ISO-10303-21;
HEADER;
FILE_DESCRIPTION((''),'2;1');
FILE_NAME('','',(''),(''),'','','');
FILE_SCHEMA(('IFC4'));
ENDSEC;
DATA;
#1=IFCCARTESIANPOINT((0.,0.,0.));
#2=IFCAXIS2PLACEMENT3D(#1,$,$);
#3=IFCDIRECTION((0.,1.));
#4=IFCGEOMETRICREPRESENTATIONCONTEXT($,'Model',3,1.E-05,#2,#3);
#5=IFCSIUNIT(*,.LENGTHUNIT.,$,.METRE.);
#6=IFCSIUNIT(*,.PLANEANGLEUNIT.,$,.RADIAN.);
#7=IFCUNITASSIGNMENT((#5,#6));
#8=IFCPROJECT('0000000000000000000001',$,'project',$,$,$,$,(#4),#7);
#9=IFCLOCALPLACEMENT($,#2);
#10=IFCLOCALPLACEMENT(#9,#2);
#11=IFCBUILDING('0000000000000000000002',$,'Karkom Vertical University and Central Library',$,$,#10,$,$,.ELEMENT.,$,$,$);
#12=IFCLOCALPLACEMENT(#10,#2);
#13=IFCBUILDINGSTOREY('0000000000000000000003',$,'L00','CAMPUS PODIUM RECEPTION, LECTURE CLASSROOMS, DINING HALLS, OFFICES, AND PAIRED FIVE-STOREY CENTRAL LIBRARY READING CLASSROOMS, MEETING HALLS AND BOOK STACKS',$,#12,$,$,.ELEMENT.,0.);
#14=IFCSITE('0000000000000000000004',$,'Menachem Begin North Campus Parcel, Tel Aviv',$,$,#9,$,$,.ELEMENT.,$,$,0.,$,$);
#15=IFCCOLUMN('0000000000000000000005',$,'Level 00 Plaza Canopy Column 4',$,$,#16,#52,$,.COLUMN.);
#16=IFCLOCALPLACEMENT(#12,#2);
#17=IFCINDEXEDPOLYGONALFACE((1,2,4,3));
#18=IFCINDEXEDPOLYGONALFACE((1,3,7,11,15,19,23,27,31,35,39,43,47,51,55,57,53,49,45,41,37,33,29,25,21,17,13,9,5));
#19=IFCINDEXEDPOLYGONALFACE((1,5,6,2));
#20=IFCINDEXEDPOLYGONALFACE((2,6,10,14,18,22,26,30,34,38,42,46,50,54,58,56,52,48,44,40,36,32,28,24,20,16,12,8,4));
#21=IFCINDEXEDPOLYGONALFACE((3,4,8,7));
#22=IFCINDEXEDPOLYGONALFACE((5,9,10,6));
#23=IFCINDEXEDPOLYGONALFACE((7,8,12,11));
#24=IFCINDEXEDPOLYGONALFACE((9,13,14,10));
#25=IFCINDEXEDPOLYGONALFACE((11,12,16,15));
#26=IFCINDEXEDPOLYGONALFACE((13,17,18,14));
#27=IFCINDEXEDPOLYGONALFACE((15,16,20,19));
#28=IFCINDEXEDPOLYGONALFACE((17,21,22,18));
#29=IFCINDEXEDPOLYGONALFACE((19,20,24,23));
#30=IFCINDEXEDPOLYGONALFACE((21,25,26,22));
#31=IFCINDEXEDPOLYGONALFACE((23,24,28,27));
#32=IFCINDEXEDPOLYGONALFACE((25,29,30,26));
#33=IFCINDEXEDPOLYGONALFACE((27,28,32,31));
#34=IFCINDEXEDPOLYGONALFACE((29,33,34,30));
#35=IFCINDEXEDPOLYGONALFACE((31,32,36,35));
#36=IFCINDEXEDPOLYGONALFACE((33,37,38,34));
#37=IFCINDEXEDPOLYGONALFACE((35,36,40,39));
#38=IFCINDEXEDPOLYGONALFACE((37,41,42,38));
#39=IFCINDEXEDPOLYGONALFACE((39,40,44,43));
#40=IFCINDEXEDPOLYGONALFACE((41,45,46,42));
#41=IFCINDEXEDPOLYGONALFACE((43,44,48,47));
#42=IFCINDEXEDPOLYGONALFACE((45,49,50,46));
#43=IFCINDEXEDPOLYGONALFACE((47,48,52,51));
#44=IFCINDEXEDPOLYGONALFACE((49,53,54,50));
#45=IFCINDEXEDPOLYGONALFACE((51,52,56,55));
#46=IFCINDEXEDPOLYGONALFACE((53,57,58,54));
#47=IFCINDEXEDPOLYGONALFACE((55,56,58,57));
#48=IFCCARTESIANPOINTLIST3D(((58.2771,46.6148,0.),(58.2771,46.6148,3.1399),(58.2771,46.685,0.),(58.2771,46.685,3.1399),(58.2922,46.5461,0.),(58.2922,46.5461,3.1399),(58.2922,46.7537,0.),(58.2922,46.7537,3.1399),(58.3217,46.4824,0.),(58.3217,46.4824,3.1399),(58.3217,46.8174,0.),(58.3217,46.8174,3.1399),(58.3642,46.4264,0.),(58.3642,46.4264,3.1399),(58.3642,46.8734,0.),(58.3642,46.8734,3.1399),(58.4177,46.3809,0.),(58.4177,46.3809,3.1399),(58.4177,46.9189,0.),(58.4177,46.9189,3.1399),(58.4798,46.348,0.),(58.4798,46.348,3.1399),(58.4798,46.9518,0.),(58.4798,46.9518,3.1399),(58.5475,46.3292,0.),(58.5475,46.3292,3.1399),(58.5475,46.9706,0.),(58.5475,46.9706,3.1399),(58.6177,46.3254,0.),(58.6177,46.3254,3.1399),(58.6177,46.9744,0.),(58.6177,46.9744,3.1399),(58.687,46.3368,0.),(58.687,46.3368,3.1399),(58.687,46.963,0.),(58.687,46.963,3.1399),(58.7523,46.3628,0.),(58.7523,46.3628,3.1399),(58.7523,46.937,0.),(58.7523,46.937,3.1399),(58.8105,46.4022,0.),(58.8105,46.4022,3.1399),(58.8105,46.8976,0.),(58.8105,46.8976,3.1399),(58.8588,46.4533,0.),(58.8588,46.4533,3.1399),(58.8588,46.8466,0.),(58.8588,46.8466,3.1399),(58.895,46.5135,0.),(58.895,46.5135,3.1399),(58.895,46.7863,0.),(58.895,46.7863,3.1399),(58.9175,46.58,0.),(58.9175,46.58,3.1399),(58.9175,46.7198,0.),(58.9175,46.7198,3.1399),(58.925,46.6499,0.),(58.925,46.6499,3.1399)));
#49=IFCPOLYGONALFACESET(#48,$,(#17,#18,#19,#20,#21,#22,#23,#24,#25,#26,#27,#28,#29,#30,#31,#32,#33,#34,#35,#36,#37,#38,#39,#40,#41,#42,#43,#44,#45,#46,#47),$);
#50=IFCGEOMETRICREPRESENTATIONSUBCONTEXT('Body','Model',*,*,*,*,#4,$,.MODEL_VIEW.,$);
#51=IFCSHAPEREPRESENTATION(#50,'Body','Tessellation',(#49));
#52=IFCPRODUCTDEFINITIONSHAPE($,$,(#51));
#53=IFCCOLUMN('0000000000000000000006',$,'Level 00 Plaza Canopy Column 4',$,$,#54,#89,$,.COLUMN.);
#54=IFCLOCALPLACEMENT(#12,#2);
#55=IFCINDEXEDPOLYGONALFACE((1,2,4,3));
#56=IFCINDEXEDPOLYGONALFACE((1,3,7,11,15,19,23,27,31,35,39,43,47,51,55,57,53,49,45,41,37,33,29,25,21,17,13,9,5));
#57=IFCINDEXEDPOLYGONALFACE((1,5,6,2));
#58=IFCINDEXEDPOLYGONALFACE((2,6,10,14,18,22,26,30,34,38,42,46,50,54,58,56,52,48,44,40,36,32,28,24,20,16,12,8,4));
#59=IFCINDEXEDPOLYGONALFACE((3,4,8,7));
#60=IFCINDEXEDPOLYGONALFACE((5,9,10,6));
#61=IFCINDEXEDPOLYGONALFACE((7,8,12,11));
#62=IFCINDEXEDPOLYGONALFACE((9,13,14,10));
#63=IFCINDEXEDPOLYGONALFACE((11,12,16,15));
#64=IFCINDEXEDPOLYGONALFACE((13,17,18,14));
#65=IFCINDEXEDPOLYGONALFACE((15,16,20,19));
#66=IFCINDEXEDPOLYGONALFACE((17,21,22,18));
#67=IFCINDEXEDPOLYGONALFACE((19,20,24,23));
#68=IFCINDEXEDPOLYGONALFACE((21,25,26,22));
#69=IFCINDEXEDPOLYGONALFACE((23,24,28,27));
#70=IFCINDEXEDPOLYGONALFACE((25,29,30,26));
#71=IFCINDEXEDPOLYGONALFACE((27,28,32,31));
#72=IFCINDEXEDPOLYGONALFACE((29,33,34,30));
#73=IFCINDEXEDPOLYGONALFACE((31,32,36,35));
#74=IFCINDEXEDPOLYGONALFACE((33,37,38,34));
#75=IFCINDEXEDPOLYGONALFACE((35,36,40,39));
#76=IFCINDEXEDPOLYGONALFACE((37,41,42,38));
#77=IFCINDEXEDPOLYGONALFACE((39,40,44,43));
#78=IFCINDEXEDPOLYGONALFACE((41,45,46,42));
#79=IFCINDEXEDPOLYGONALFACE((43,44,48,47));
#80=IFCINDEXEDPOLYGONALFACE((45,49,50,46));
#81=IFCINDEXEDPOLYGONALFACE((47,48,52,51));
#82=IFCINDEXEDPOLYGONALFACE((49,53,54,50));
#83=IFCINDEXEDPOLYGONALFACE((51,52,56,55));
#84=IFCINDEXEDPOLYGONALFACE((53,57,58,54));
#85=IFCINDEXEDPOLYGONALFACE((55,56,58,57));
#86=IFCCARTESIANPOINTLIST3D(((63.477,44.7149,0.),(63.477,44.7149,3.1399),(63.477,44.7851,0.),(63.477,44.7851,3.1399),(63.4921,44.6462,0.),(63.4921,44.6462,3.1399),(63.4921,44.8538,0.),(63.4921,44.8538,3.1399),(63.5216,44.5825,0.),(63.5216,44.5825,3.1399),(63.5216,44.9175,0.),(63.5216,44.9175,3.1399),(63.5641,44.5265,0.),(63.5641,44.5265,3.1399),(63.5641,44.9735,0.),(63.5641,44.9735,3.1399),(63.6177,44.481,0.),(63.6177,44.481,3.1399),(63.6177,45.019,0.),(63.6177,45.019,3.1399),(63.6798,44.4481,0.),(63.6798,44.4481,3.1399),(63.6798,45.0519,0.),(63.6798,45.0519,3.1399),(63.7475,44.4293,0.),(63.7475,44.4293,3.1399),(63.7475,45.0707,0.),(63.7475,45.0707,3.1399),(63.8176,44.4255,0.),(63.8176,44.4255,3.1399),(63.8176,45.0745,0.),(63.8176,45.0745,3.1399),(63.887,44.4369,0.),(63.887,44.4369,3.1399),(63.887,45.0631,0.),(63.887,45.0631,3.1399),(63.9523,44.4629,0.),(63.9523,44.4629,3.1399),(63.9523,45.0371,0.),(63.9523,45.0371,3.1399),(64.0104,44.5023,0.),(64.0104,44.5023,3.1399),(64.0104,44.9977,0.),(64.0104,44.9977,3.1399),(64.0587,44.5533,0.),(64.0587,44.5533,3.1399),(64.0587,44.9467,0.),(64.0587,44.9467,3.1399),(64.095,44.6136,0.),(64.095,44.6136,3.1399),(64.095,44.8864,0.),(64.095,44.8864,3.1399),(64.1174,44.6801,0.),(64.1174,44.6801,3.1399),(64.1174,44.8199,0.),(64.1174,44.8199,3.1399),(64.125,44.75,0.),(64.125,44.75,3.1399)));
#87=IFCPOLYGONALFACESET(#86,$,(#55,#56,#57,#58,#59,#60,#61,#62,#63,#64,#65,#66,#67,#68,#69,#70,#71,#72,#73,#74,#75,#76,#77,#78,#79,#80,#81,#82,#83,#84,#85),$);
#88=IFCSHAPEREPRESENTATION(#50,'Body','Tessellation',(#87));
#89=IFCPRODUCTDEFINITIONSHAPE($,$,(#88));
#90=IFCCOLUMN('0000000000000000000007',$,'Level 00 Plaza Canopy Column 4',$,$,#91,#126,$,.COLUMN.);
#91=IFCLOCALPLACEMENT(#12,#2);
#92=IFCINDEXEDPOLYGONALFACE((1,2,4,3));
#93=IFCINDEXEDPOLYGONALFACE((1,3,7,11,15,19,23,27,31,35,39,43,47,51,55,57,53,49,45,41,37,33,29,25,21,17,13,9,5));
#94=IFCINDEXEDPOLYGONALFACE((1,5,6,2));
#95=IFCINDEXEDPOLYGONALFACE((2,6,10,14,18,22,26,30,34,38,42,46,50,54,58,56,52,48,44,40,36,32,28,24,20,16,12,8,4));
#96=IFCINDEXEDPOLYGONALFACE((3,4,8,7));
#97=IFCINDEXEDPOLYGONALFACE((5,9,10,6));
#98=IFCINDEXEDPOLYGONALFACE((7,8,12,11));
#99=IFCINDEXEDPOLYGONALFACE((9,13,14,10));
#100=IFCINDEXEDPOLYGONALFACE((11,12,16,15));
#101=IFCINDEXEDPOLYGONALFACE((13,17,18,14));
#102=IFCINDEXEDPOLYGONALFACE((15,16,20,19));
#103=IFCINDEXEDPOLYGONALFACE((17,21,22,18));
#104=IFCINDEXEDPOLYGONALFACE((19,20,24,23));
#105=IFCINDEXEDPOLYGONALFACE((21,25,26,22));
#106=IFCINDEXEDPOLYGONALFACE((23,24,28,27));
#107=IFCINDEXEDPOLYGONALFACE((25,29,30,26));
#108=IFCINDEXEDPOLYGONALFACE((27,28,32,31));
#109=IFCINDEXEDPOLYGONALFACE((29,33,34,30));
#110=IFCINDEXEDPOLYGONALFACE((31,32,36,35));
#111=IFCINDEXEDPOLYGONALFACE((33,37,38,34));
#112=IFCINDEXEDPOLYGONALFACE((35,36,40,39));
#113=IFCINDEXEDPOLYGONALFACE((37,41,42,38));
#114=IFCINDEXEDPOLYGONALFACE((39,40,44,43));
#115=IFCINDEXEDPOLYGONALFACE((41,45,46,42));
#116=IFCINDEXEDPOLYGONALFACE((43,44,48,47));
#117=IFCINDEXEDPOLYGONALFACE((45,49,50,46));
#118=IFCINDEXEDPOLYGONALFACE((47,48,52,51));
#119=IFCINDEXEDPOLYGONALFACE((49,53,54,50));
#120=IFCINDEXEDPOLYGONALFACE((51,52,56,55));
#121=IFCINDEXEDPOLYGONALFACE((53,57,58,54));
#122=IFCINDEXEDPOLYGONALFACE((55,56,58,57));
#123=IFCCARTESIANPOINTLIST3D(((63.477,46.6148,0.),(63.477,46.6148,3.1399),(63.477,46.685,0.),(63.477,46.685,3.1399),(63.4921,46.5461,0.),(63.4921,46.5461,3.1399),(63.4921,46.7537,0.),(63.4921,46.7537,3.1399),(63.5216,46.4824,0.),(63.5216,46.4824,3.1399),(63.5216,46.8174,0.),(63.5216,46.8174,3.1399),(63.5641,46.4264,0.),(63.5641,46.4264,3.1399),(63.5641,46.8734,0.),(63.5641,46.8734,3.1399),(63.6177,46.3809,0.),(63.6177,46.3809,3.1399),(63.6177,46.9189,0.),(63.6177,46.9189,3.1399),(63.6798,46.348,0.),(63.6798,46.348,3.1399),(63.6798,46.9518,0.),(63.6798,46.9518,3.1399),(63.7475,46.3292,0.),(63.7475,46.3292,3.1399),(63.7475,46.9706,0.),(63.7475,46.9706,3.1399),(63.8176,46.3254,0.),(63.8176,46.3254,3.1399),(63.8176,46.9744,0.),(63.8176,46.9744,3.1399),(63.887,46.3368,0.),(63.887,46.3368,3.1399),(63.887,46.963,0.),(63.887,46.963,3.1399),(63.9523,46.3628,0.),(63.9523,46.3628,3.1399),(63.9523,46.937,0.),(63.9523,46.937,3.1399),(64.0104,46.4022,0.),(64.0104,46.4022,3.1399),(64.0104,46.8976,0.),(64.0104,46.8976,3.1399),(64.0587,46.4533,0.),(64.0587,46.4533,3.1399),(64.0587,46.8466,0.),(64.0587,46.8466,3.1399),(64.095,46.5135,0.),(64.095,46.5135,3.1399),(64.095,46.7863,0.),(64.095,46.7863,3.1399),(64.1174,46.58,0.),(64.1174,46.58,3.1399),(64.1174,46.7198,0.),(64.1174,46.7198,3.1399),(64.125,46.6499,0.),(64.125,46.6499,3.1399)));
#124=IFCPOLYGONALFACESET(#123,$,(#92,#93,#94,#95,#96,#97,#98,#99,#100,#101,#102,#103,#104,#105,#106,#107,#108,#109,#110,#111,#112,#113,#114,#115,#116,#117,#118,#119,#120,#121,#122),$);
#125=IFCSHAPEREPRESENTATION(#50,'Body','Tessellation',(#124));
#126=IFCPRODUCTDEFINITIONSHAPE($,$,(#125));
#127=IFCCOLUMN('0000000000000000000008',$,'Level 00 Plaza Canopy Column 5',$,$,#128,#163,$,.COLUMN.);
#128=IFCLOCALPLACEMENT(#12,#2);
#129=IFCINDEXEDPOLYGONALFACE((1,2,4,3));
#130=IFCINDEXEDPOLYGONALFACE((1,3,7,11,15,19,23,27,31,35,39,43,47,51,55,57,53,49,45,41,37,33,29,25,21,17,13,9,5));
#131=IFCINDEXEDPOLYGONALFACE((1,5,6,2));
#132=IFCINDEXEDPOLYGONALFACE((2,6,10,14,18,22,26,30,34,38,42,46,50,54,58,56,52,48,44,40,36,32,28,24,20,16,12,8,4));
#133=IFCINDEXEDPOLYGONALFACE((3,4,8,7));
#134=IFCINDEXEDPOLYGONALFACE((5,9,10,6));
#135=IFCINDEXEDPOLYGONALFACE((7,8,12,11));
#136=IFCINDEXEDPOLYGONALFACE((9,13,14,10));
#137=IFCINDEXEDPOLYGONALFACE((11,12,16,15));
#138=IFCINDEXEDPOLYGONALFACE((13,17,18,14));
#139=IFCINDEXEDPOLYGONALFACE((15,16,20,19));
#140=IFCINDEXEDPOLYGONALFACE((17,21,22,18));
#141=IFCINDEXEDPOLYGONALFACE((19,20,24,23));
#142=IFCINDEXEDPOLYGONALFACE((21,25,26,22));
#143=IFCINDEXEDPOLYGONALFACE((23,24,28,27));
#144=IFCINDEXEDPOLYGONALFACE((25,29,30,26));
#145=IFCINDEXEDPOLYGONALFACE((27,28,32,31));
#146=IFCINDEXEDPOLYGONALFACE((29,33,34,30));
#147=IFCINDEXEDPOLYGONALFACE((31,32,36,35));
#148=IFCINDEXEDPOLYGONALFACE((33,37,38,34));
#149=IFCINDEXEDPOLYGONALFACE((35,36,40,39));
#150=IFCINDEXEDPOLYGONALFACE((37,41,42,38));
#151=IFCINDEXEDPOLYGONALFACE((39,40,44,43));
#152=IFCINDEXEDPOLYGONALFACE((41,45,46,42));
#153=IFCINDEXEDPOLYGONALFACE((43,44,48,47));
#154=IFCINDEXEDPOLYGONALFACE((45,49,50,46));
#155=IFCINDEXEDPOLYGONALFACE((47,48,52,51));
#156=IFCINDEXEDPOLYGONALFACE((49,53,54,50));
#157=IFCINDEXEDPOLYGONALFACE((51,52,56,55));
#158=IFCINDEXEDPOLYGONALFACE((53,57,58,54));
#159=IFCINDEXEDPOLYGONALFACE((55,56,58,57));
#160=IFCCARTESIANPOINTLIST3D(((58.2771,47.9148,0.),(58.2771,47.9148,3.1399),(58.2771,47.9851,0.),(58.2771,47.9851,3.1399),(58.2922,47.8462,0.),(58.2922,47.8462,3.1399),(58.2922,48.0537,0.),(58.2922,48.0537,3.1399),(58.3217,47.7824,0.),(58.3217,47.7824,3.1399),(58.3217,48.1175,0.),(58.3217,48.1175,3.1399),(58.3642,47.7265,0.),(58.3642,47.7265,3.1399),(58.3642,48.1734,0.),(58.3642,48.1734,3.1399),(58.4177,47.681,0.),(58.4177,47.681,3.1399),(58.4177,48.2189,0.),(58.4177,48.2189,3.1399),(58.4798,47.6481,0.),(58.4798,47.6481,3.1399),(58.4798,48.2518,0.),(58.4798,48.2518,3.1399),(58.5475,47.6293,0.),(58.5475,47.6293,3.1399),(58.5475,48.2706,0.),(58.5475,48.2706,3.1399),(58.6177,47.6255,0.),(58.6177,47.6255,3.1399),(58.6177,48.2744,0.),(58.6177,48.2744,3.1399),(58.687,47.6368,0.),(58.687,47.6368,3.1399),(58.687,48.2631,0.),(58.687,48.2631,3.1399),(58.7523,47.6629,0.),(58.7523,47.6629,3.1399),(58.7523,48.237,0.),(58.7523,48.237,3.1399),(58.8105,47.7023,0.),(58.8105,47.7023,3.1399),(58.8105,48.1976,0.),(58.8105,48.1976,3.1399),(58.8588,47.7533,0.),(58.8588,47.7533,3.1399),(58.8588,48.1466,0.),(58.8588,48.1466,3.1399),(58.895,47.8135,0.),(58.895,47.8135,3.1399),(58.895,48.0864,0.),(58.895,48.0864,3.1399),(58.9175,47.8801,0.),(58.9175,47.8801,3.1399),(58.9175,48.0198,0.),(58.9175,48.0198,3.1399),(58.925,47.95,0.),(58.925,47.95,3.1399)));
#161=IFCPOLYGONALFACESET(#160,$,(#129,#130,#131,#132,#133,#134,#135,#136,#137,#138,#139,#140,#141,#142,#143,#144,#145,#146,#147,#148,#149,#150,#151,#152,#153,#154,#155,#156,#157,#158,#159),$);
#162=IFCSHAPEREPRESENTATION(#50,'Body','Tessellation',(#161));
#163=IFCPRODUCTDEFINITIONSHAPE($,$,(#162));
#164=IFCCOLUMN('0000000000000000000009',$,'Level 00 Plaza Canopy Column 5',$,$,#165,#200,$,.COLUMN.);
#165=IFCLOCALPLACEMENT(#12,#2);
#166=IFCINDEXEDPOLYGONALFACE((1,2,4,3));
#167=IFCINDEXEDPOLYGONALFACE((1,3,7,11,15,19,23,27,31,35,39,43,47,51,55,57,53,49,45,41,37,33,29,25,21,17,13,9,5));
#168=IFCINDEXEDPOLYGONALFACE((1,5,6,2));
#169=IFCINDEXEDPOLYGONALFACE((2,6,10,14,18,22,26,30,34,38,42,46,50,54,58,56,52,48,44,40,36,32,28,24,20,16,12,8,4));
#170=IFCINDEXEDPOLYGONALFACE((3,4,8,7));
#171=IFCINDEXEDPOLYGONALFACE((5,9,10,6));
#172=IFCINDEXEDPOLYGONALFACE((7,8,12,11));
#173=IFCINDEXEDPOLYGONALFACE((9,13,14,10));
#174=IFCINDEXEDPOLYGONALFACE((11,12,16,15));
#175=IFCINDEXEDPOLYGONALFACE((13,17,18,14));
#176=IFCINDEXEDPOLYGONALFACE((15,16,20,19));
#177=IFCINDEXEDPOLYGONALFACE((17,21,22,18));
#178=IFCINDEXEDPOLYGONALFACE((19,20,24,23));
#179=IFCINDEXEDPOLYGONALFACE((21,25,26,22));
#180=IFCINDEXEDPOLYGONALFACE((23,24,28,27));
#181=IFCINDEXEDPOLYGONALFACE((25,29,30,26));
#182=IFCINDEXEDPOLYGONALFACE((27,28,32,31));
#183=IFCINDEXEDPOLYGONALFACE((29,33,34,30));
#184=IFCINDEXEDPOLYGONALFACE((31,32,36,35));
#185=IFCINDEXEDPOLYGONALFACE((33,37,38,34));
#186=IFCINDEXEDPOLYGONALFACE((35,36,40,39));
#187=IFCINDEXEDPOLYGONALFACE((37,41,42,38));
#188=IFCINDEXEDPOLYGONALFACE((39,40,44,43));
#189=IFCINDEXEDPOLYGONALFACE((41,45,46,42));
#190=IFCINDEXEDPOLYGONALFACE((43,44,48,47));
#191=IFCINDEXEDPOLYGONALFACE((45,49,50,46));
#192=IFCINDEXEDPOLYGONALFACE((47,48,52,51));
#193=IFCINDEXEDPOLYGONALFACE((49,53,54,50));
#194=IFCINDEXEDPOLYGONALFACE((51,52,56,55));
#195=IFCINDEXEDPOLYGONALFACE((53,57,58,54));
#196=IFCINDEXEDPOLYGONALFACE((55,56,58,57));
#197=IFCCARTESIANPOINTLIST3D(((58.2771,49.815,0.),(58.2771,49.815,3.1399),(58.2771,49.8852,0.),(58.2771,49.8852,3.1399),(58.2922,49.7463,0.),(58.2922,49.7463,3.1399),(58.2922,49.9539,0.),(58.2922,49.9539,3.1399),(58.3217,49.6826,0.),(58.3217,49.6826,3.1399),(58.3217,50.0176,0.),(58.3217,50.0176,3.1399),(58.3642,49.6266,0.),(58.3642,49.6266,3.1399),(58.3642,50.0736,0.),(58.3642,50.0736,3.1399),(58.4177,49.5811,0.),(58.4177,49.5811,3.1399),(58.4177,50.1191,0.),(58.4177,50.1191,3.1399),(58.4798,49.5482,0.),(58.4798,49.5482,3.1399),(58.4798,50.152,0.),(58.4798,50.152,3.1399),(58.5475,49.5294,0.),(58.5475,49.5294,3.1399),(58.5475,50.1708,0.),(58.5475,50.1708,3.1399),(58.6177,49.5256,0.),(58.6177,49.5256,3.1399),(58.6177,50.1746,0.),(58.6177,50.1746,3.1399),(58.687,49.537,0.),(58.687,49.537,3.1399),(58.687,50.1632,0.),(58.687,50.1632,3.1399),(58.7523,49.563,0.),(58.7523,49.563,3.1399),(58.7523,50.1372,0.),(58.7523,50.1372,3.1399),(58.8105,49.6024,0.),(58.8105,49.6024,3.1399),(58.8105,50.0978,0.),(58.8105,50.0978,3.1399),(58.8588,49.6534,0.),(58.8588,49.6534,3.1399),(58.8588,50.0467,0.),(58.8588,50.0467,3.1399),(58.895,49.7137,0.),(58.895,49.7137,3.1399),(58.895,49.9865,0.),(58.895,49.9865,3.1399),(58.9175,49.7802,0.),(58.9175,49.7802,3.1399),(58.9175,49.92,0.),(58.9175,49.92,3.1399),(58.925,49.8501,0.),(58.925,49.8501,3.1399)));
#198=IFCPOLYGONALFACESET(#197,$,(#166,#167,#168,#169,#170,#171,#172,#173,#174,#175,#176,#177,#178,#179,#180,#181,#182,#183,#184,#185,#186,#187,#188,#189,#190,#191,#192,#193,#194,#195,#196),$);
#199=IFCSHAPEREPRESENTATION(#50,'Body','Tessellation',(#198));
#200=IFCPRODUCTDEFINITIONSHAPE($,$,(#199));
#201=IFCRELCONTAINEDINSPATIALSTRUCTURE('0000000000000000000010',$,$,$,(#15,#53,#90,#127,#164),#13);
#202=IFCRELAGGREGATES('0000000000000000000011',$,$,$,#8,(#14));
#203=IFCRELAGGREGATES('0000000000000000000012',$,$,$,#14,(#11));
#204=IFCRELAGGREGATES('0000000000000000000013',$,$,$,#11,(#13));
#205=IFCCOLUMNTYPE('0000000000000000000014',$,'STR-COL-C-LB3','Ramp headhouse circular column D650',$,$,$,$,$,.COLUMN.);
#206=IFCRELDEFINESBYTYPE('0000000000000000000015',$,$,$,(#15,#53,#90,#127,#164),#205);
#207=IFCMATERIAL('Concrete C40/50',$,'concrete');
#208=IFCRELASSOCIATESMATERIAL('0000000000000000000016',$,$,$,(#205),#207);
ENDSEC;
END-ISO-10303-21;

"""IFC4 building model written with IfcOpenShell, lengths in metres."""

from ifc_helpers import new_model, si_unit, direction, frame, origin, origin_with_axes, origin_2d, place, context, subcontext, project, spatial, circle, extrude, source, transform, mapped, material, material_profile, profile_set, type_object, element, save


model = new_model("IFC4")

# Units and contexts
model_context = context("Model", 3, precision=1e-05, world=origin(), true_north=direction((0.0, 1.0)))
body_context = subcontext(model_context, "Body", "Model", "MODEL_VIEW")
ifc_project = project(units=[si_unit("LENGTHUNIT", "METRE"), si_unit("PLANEANGLEUNIT", "RADIAN")], contexts=[model_context])

# Site, building, storey
site_placement = place(None, origin())
site = spatial("IfcSite", under=ifc_project, at=site_placement, Name="Menachem Begin North Campus Parcel, Tel Aviv", CompositionType="ELEMENT", RefElevation=0.0)
building_placement = place(site_placement, origin())
building = spatial("IfcBuilding", under=site, at=building_placement, Name="Karkom Vertical University and Central Library", CompositionType="ELEMENT")
storey_placement = place(building_placement, origin())
storey = spatial("IfcBuildingStorey", under=building, at=storey_placement, Name="L00", Description="CAMPUS PODIUM RECEPTION, LECTURE CLASSROOMS, DINING HALLS, OFFICES, AND PAIRED FIVE-STOREY CENTRAL LIBRARY READING CLASSROOMS, MEETING HALLS AND BOOK STACKS", CompositionType="ELEMENT", Elevation=0.0)

# Columns
ifc_material_1 = material(Name="Concrete C40/50", Category="concrete")
ifc_material_profile_1 = material_profile(ifc_material_1, circle(Radius=0.325, at=origin_2d()), Name="RC-D650")
ifc_profile_set_1 = profile_set([ifc_material_profile_1], Name="Concrete C40/50")
column_type = type_object("IfcColumnType", Name="STR-COL-C-LB3", Description="Ramp headhouse circular column D650", PredefinedType="COLUMN", material=ifc_profile_set_1)
shared_shape_1 = source(origin_with_axes(), body_context, "Body", "SweptSolid", [
    extrude(circle(Radius=0.325, at=origin_2d()), origin(), (0.0, 0.0, 1.0), 3.1399),
])
for number, where, z_axis, x_axis, name in (
    (1, (58.6001, 46.6499, 0.0), (0.0, 0.0, 1.0), (1.0, 0.0, 0.0), "Level 00 Plaza Canopy Column 4"),
    (2, (63.8, 44.75, 0.0), (0.0, 0.0, 1.0), (1.0, 0.0, 0.0), "Level 00 Plaza Canopy Column 4"),
    (3, (63.8, 46.6499, 0.0), (0.0, 0.0, 1.0), (1.0, 0.0, 0.0), "Level 00 Plaza Canopy Column 4"),
    (4, (58.6001, 47.95, 0.0), (0.0, 0.0, 1.0), (1.0, 0.0, 0.0), "Level 00 Plaza Canopy Column 5"),
    (5, (58.6001, 49.8501, 0.0), (0.0, 0.0, 1.0), (1.0, 0.0, 0.0), "Level 00 Plaza Canopy Column 5"),
):
    element("IfcColumn", number, at=place(storey_placement, frame(where, z_axis=z_axis, x_axis=x_axis)), inside=storey, type_object=column_type, Name=name, PredefinedType="COLUMN", context=body_context, shape_type="MappedRepresentation", body=[
        mapped(shared_shape_1, transform((0.0, 0.0, 0.0), scale=1.0)),
    ])

save(model, "model.ifc")
